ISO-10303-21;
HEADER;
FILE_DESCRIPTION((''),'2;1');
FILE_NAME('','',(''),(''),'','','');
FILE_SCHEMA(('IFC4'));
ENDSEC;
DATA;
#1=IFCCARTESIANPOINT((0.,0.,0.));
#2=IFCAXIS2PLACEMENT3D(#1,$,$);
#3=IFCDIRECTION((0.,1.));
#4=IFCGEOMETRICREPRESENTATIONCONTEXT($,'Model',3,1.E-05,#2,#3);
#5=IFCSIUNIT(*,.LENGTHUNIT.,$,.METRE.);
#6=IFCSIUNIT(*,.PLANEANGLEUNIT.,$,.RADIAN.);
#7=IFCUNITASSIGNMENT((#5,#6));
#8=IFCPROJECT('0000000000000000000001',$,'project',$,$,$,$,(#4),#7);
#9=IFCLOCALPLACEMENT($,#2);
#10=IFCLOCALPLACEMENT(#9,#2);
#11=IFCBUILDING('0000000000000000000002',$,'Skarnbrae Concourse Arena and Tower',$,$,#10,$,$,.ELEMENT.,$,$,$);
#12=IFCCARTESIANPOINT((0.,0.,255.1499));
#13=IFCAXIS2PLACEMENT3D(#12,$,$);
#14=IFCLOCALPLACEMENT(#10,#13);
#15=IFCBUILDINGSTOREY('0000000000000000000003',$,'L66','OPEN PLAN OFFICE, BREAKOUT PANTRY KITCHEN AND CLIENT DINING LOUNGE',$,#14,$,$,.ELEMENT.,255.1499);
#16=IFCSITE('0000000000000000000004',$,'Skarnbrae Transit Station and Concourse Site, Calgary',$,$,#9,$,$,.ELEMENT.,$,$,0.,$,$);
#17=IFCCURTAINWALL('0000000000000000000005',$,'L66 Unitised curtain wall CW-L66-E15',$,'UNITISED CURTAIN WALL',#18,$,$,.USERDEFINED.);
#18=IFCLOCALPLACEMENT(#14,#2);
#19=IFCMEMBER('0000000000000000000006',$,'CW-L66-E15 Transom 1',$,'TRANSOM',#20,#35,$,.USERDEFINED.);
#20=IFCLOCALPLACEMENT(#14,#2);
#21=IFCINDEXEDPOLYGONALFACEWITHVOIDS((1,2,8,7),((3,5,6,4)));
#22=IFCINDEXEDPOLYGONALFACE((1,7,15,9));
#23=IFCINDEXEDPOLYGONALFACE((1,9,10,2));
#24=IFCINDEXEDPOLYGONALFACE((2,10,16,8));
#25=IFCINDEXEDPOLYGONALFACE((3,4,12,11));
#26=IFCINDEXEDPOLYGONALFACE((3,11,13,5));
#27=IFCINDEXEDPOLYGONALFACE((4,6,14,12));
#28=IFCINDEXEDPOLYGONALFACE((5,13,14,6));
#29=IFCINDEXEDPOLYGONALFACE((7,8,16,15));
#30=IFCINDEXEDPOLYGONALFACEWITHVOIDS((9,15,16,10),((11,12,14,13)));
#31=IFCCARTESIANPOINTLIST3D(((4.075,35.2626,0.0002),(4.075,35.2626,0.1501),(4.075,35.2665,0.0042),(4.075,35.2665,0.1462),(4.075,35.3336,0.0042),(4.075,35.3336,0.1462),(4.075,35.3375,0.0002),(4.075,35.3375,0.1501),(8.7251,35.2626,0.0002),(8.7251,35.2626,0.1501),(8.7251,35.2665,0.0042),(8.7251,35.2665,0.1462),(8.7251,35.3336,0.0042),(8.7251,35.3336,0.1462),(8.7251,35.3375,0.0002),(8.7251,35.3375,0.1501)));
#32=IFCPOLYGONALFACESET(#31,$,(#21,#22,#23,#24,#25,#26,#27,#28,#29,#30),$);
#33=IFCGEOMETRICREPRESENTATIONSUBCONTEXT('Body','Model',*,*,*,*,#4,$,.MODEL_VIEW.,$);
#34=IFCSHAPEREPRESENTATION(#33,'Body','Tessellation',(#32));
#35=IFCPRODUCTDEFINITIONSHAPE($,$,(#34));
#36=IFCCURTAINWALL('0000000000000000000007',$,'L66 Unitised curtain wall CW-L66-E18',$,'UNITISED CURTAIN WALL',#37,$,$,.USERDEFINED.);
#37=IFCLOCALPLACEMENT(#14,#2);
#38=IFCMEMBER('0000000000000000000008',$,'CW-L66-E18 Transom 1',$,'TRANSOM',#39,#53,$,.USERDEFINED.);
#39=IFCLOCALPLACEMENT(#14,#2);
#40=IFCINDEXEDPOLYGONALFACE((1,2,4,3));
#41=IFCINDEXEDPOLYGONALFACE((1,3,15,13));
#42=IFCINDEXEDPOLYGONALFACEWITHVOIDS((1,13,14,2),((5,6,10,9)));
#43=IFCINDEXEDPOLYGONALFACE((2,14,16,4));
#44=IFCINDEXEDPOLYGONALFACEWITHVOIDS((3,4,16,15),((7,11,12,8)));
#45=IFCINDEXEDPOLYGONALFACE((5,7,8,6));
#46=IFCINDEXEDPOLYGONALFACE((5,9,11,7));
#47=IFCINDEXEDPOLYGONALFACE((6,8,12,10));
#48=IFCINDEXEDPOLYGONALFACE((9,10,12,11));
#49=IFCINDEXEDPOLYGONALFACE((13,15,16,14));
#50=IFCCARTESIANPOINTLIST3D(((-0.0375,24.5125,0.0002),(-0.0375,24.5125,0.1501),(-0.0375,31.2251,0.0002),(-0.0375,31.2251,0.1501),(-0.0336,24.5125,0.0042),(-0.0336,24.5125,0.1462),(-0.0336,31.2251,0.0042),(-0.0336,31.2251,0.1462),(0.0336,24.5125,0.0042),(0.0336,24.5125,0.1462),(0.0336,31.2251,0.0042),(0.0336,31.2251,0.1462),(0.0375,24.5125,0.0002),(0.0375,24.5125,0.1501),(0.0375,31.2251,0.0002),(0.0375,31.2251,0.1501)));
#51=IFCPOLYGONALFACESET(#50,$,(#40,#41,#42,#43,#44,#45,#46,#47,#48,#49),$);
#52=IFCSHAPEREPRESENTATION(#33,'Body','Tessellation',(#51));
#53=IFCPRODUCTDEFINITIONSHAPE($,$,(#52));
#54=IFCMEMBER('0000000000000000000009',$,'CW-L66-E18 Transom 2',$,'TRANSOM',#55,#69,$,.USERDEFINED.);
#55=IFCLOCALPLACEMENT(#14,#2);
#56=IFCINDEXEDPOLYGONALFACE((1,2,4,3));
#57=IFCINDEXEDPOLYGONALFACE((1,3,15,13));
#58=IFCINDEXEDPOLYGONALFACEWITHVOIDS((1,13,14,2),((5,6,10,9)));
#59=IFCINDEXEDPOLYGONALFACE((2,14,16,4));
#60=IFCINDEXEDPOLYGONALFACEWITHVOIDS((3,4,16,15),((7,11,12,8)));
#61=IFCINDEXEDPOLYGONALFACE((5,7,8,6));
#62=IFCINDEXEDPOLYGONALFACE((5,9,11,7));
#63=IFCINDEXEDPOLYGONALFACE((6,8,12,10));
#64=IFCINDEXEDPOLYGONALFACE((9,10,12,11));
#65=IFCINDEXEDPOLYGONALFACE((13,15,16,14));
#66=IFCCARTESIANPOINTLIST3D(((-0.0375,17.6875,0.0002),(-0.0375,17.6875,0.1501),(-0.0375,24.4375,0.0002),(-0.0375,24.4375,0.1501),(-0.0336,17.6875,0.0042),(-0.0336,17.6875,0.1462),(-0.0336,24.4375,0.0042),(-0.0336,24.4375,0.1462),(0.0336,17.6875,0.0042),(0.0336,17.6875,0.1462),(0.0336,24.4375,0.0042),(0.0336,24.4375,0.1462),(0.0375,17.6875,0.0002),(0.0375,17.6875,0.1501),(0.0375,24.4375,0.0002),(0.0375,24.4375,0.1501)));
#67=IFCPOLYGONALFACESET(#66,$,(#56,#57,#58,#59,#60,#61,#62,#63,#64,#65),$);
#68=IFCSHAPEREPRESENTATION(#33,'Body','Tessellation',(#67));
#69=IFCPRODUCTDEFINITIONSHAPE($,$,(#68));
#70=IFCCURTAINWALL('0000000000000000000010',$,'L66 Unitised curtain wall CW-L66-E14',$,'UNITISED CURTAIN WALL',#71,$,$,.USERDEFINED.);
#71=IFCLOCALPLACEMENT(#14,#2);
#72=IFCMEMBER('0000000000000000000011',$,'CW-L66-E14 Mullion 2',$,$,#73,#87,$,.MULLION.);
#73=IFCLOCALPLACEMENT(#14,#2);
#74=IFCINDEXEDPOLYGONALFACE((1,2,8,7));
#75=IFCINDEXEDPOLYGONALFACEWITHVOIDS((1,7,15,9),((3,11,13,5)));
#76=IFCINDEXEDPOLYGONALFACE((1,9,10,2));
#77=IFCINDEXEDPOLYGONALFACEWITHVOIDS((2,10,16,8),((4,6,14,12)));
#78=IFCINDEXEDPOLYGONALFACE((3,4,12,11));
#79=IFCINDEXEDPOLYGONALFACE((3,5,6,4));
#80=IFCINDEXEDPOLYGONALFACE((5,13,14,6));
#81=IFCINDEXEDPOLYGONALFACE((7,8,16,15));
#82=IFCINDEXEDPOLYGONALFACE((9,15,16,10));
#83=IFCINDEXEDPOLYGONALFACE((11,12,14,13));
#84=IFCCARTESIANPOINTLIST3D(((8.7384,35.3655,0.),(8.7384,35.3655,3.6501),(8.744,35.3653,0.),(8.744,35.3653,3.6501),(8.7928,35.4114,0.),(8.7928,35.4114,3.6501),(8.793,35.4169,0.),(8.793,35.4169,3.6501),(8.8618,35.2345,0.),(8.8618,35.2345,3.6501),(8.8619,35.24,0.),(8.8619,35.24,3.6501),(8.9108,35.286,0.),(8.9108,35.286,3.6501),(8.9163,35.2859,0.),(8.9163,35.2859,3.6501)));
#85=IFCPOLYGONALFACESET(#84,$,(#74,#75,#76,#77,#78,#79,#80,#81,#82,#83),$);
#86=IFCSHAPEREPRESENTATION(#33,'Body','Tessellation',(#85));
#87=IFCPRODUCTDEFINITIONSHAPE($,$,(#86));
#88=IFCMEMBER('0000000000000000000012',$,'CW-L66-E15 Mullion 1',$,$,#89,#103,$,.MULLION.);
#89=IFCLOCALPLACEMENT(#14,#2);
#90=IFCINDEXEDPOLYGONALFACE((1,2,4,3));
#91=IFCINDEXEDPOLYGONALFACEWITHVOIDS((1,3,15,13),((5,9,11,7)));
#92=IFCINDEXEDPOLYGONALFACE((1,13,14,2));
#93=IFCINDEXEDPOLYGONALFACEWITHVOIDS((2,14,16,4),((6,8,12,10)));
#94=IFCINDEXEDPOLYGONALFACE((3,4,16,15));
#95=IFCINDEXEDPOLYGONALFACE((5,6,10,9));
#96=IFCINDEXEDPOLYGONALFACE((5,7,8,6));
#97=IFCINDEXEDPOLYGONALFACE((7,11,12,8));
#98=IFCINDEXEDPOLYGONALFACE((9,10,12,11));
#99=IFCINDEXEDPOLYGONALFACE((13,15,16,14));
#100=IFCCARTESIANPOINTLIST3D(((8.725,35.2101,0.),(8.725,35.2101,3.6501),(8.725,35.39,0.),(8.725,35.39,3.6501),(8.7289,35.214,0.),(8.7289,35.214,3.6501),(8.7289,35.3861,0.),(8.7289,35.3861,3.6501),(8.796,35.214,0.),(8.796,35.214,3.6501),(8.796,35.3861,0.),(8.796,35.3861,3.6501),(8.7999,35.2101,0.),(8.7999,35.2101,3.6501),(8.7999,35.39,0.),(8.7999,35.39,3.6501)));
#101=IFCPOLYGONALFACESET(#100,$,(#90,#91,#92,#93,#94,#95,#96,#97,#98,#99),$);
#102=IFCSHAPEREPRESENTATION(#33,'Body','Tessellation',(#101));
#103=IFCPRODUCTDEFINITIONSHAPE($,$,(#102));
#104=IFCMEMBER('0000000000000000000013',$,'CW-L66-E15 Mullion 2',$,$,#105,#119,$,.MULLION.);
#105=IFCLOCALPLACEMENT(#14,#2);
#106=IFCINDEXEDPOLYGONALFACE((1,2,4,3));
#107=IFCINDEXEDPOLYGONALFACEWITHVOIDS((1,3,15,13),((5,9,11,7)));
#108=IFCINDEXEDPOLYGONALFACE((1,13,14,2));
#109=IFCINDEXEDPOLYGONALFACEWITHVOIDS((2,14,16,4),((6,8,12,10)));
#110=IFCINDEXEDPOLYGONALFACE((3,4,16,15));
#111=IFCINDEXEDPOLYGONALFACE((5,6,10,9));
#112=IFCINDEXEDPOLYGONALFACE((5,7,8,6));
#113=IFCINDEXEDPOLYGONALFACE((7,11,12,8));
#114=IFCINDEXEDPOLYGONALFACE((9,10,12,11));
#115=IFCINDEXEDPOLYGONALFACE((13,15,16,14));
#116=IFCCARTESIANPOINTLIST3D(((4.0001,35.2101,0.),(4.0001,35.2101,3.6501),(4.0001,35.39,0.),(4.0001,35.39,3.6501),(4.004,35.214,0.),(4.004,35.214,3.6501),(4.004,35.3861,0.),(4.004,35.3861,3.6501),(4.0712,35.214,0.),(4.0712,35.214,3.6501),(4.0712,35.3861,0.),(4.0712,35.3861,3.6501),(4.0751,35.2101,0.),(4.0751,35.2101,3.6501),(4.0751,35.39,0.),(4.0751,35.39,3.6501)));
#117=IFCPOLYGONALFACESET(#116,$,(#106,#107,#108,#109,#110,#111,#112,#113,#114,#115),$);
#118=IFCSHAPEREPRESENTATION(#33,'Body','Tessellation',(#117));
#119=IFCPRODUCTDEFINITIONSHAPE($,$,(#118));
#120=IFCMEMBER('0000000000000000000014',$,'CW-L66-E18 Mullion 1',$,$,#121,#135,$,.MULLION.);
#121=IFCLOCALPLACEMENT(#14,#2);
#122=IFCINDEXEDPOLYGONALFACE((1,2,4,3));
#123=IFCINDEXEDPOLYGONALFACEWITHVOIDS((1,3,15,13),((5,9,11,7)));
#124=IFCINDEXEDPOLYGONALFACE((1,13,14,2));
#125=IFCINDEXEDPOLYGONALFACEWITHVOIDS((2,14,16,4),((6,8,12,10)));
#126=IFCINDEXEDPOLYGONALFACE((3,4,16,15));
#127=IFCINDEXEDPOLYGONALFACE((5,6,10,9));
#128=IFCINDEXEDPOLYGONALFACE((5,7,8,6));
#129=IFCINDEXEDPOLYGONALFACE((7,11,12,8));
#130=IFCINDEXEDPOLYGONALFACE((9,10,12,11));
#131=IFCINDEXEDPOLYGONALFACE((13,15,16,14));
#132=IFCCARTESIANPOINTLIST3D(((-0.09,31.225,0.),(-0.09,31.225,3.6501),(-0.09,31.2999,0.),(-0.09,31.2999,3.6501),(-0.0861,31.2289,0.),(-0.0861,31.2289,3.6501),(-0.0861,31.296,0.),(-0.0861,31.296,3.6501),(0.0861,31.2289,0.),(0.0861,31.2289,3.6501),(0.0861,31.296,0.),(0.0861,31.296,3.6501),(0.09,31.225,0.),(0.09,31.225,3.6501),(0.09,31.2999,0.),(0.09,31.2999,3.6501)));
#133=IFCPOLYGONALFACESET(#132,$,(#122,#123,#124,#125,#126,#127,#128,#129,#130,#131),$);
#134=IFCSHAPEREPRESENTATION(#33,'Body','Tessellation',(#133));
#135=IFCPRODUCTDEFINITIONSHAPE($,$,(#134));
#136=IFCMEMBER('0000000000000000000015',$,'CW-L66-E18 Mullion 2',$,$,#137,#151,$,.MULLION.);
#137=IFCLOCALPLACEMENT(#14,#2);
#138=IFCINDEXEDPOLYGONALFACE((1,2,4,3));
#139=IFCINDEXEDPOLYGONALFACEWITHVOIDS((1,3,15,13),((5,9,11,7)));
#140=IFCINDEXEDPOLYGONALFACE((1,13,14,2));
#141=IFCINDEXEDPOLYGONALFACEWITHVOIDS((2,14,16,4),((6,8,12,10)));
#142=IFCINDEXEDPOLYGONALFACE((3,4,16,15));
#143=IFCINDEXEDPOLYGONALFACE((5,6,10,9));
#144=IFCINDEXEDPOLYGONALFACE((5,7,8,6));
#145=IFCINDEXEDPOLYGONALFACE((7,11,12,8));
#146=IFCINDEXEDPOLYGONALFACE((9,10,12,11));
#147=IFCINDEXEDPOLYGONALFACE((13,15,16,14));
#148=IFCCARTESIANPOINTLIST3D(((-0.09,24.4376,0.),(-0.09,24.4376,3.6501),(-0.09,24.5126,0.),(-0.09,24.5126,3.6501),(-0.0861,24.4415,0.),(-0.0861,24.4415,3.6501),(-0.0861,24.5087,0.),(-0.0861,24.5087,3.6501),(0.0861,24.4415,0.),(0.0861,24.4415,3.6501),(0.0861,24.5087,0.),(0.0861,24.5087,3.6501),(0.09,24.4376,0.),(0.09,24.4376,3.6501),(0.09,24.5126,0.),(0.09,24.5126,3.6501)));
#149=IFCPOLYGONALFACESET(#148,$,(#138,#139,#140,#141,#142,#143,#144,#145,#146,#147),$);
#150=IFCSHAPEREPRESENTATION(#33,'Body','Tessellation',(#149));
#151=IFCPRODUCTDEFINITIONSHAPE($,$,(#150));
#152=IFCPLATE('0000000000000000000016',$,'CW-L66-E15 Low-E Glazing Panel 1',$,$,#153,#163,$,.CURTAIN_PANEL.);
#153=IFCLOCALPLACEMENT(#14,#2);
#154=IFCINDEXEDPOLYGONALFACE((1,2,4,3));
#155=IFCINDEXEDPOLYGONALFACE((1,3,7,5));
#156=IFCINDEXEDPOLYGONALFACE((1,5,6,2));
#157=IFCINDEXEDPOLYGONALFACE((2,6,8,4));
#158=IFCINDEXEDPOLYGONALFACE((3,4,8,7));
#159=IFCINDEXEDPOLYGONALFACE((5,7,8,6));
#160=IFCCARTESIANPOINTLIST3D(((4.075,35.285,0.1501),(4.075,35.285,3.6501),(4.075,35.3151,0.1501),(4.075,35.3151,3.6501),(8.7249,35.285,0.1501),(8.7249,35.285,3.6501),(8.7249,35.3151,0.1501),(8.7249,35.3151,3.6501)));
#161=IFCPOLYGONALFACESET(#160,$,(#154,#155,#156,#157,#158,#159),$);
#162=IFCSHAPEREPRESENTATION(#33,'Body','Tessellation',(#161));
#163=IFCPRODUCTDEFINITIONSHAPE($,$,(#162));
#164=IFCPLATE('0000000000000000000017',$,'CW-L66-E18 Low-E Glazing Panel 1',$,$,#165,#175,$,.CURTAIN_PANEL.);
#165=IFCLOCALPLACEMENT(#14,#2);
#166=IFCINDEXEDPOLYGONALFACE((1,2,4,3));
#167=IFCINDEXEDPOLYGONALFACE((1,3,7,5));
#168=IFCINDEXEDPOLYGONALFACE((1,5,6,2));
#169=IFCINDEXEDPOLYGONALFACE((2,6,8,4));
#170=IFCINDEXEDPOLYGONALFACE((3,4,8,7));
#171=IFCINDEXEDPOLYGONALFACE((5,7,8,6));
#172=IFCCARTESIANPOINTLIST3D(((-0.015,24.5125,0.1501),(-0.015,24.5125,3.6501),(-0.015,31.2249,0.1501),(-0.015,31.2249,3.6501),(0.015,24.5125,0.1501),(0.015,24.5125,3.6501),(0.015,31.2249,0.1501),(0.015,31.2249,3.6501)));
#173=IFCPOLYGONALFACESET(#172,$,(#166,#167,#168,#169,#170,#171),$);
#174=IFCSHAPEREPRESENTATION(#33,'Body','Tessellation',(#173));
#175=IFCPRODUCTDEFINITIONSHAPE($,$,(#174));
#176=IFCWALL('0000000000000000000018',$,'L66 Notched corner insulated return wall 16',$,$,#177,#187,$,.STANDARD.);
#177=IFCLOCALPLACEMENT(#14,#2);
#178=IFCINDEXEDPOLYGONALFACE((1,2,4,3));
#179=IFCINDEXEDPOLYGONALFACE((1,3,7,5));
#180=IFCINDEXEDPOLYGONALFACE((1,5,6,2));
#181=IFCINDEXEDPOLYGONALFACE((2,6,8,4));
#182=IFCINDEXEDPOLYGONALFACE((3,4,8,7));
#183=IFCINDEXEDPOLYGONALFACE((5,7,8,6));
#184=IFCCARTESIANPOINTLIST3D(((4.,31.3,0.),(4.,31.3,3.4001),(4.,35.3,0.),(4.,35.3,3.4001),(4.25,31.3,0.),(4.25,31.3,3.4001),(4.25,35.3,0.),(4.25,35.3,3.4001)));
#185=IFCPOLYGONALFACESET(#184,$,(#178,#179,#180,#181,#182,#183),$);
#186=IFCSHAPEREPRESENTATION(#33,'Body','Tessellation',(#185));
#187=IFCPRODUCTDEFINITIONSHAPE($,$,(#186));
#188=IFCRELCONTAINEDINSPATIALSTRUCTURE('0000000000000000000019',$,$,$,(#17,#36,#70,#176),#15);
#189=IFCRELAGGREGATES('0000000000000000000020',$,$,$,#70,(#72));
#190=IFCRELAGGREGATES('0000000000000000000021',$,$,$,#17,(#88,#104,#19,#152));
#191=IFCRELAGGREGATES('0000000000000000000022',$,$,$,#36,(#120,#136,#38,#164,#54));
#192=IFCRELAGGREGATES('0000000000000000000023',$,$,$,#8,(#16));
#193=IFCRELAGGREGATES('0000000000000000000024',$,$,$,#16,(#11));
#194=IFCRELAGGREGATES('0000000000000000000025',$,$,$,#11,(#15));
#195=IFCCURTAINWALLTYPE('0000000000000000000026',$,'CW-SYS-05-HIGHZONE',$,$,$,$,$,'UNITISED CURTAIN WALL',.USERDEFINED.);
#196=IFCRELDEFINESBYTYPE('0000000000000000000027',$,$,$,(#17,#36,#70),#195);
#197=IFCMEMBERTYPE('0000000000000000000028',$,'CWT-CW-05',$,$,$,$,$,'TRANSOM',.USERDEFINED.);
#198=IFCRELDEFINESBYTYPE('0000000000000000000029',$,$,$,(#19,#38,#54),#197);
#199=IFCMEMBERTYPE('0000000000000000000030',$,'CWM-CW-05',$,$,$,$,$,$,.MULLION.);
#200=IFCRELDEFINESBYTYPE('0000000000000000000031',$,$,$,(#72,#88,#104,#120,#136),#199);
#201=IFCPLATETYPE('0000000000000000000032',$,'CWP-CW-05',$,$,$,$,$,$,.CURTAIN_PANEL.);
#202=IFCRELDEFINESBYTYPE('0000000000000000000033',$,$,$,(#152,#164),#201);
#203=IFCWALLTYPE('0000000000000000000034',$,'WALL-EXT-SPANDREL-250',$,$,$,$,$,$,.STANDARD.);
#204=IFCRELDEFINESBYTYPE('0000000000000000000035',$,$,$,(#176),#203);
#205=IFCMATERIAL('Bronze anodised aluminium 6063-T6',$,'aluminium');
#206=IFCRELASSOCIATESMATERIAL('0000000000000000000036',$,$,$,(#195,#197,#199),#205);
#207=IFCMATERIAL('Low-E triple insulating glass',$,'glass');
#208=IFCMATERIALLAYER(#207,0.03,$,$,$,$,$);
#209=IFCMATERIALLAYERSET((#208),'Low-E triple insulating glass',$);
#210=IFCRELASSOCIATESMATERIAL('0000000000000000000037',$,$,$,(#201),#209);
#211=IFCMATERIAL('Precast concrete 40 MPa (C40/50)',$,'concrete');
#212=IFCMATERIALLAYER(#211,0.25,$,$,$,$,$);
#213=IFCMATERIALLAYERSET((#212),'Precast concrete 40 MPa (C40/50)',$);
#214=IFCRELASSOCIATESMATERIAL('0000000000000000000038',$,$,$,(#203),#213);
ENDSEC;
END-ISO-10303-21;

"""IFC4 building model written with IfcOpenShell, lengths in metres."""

from ifc_helpers import new_model, si_unit, direction, frame, frame_2d, origin, origin_2d, place, context, subcontext, project, spatial, rectangle, hollow_rectangle, extrude, source, transform, mapped, material, layer, layer_set, material_profile, profile_set, type_object, element, aggregate, save


model = new_model("IFC4")

# Units and contexts
model_context = context("Model", 3, precision=1e-05, world=origin(), true_north=direction((0.0, 1.0)))
body_context = subcontext(model_context, "Body", "Model", "MODEL_VIEW")
ifc_project = project(units=[si_unit("LENGTHUNIT", "METRE"), si_unit("PLANEANGLEUNIT", "RADIAN")], contexts=[model_context])

# Site, building, storey
site_placement = place(None, origin())
site = spatial("IfcSite", under=ifc_project, at=site_placement, Name="Skarnbrae Transit Station and Concourse Site, Calgary", CompositionType="ELEMENT", RefElevation=0.0)
building_placement = place(site_placement, origin())
building = spatial("IfcBuilding", under=site, at=building_placement, Name="Skarnbrae Concourse Arena and Tower", CompositionType="ELEMENT")
storey_placement = place(building_placement, frame((0.0, 0.0, 255.1499)))
storey = spatial("IfcBuildingStorey", under=building, at=storey_placement, Name="L66", Description="OPEN PLAN OFFICE, BREAKOUT PANTRY KITCHEN AND CLIENT DINING LOUNGE", CompositionType="ELEMENT", Elevation=255.1499)

# Curtain wall, member
ifc_material_1 = material(Name="Bronze anodised aluminium 6063-T6", Category="aluminium")
curtain_wall_type = type_object("IfcCurtainWallType", Name="CW-SYS-05-HIGHZONE", ElementType="UNITISED CURTAIN WALL", PredefinedType="USERDEFINED", material=ifc_material_1)
curtain_wall_1_placement = place(storey_placement, origin())
curtain_wall_1 = element("IfcCurtainWall", 1, at=curtain_wall_1_placement, inside=storey, type_object=curtain_wall_type, Name="L66 Unitised curtain wall CW-L66-E15", ObjectType="UNITISED CURTAIN WALL", PredefinedType="USERDEFINED")
ifc_material_profile_1 = material_profile(ifc_material_1, hollow_rectangle(XDim=0.075, YDim=0.1499, WallThickness=0.0039, at=origin_2d()), Name="ALU-TRAN-75X150")
ifc_profile_set_1 = profile_set([ifc_material_profile_1], Name="Bronze anodised aluminium 6063-T6")
member_type_1 = type_object("IfcMemberType", Name="CWT-CW-05", ElementType="TRANSOM", PredefinedType="USERDEFINED", material=ifc_profile_set_1)
shared_shape_1 = source(origin(), body_context, "Body", "SweptSolid", [
    extrude(hollow_rectangle(XDim=0.075, YDim=0.1499, WallThickness=0.0039, at=origin_2d()), origin(), (0.0, 0.0, 1.0), 4.6501),
])
member_1_placement = place(storey_placement, frame((8.7251, 35.3, 0.0752), z_axis=(-1.0, 0.0, 0.0), x_axis=(0.0, -1.0, 0.0)))
member_1 = element("IfcMember", 2, at=member_1_placement, type_object=member_type_1, Name="CW-L66-E15 Transom 1", ObjectType="TRANSOM", PredefinedType="USERDEFINED", context=body_context, shape_type="MappedRepresentation", body=[
    mapped(shared_shape_1, transform((0.0, 0.0, 0.0))),
])

# Curtain wall, members
curtain_wall_2_placement = place(storey_placement, origin())
curtain_wall_2 = element("IfcCurtainWall", 3, at=curtain_wall_2_placement, inside=storey, type_object=curtain_wall_type, Name="L66 Unitised curtain wall CW-L66-E18", ObjectType="UNITISED CURTAIN WALL", PredefinedType="USERDEFINED")
shared_shape_2 = source(origin(), body_context, "Body", "SweptSolid", [
    extrude(hollow_rectangle(XDim=0.075, YDim=0.1499, WallThickness=0.0039, at=origin_2d()), origin(), (0.0, 0.0, 1.0), 6.7126),
])
member_2_placement = place(storey_placement, frame((0.0, 31.2251, 0.0752), z_axis=(0.0, -1.0, 0.0), x_axis=(1.0, 0.0, 0.0)))
member_2 = element("IfcMember", 4, at=member_2_placement, type_object=member_type_1, Name="CW-L66-E18 Transom 1", ObjectType="TRANSOM", PredefinedType="USERDEFINED", context=body_context, shape_type="MappedRepresentation", body=[
    mapped(shared_shape_2, transform((0.0, 0.0, 0.0))),
])
shared_shape_3 = source(origin(), body_context, "Body", "SweptSolid", [
    extrude(hollow_rectangle(XDim=0.075, YDim=0.1499, WallThickness=0.0039, at=origin_2d()), origin(), (0.0, 0.0, 1.0), 6.75),
])
member_3_placement = place(storey_placement, frame((0.0, 24.4375, 0.0752), z_axis=(0.0, -1.0, 0.0), x_axis=(1.0, 0.0, 0.0)))
member_3 = element("IfcMember", 5, at=member_3_placement, type_object=member_type_1, Name="CW-L66-E18 Transom 2", ObjectType="TRANSOM", PredefinedType="USERDEFINED", context=body_context, shape_type="MappedRepresentation", body=[
    mapped(shared_shape_3, transform((0.0, 0.0, 0.0))),
])

# Curtain wall, member
curtain_wall_3_placement = place(storey_placement, origin())
curtain_wall_3 = element("IfcCurtainWall", 6, at=curtain_wall_3_placement, inside=storey, type_object=curtain_wall_type, Name="L66 Unitised curtain wall CW-L66-E14", ObjectType="UNITISED CURTAIN WALL", PredefinedType="USERDEFINED")
ifc_material_profile_2 = material_profile(ifc_material_1, hollow_rectangle(XDim=0.075, YDim=0.1799, WallThickness=0.0039, at=origin_2d()), Name="ALU-MULL-75X180")
ifc_profile_set_2 = profile_set([ifc_material_profile_2], Name="Bronze anodised aluminium 6063-T6")
member_type_2 = type_object("IfcMemberType", Name="CWM-CW-05", PredefinedType="MULLION", material=ifc_profile_set_2)
shared_shape_4 = source(origin(), body_context, "Body", "SweptSolid", [
    extrude(hollow_rectangle(XDim=0.075, YDim=0.1799, WallThickness=0.0039, at=origin_2d()), origin(), (0.0, 0.0, 1.0), 3.6501),
])
member_4_placement = place(storey_placement, frame((8.8274, 35.3257, 0.0), z_axis=(0.0, 0.0, 1.0), x_axis=(-0.728131, -0.685438, 0.0)))
member_4 = element("IfcMember", 7, at=member_4_placement, type_object=member_type_2, Name="CW-L66-E14 Mullion 2", PredefinedType="MULLION", context=body_context, shape_type="MappedRepresentation", body=[
    mapped(shared_shape_4, transform((0.0, 0.0, 0.0))),
])
aggregate(curtain_wall_3, [member_4])

# Members
member_5_placement = place(storey_placement, frame((8.7625, 35.3, 0.0), z_axis=(0.0, 0.0, 1.0), x_axis=(-1.0, 0.0, 0.0)))
member_5 = element("IfcMember", 8, at=member_5_placement, type_object=member_type_2, Name="CW-L66-E15 Mullion 1", PredefinedType="MULLION", context=body_context, shape_type="MappedRepresentation", body=[
    mapped(shared_shape_4, transform((0.0, 0.0, 0.0))),
])
member_6_placement = place(storey_placement, frame((4.0376, 35.3, 0.0), z_axis=(0.0, 0.0, 1.0), x_axis=(-1.0, 0.0, 0.0)))
member_6 = element("IfcMember", 9, at=member_6_placement, type_object=member_type_2, Name="CW-L66-E15 Mullion 2", PredefinedType="MULLION", context=body_context, shape_type="MappedRepresentation", body=[
    mapped(shared_shape_4, transform((0.0, 0.0, 0.0))),
])
member_7_placement = place(storey_placement, frame((0.0, 31.2625, 0.0), z_axis=(0.0, 0.0, 1.0), x_axis=(0.0, -1.0, 0.0)))
member_7 = element("IfcMember", 10, at=member_7_placement, type_object=member_type_2, Name="CW-L66-E18 Mullion 1", PredefinedType="MULLION", context=body_context, shape_type="MappedRepresentation", body=[
    mapped(shared_shape_4, transform((0.0, 0.0, 0.0))),
])
member_8_placement = place(storey_placement, frame((0.0, 24.4751, 0.0), z_axis=(0.0, 0.0, 1.0), x_axis=(0.0, -1.0, 0.0)))
member_8 = element("IfcMember", 11, at=member_8_placement, type_object=member_type_2, Name="CW-L66-E18 Mullion 2", PredefinedType="MULLION", context=body_context, shape_type="MappedRepresentation", body=[
    mapped(shared_shape_4, transform((0.0, 0.0, 0.0))),
])

# Plates
ifc_material_2 = material(Name="Low-E triple insulating glass", Category="glass")
ifc_layer_1 = layer(ifc_material_2, 0.03)
ifc_layer_set_1 = layer_set([ifc_layer_1], Name="Low-E triple insulating glass")
plate_type = type_object("IfcPlateType", Name="CWP-CW-05", PredefinedType="CURTAIN_PANEL", material=ifc_layer_set_1)
shared_shape_5 = source(origin(), body_context, "Body", "SweptSolid", [
    extrude(rectangle(XDim=4.6499, YDim=0.03, at=origin_2d()), origin(), (0.0, 0.0, 1.0), 3.5),
])
plate_1_placement = place(storey_placement, frame((6.3999, 35.3, 0.1501), z_axis=(0.0, 0.0, 1.0), x_axis=(-1.0, 0.0, 0.0)))
plate_1 = element("IfcPlate", 12, at=plate_1_placement, type_object=plate_type, Name="CW-L66-E15 Low-E Glazing Panel 1", PredefinedType="CURTAIN_PANEL", context=body_context, shape_type="MappedRepresentation", body=[
    mapped(shared_shape_5, transform((0.0, 0.0, 0.0))),
])
aggregate(curtain_wall_1, [member_5, member_6, member_1, plate_1])
shared_shape_6 = source(origin(), body_context, "Body", "SweptSolid", [
    extrude(rectangle(XDim=6.7124, YDim=0.03, at=origin_2d()), origin(), (0.0, 0.0, 1.0), 3.5),
])
plate_2_placement = place(storey_placement, frame((0.0, 27.8687, 0.1501), z_axis=(0.0, 0.0, 1.0), x_axis=(0.0, -1.0, 0.0)))
plate_2 = element("IfcPlate", 13, at=plate_2_placement, type_object=plate_type, Name="CW-L66-E18 Low-E Glazing Panel 1", PredefinedType="CURTAIN_PANEL", context=body_context, shape_type="MappedRepresentation", body=[
    mapped(shared_shape_6, transform((0.0, 0.0, 0.0))),
])
aggregate(curtain_wall_2, [member_7, member_8, member_2, plate_2, member_3])

# Wall
ifc_material_3 = material(Name="Precast concrete 40 MPa (C40/50)", Category="concrete")
ifc_layer_2 = layer(ifc_material_3, 0.25)
ifc_layer_set_2 = layer_set([ifc_layer_2], Name="Precast concrete 40 MPa (C40/50)")
wall_type_1 = type_object("IfcWallType", Name="WALL-EXT-SPANDREL-250", PredefinedType="STANDARD", material=ifc_layer_set_2)
shared_shape_7 = source(origin(), body_context, "Body", "SweptSolid", [
    extrude(rectangle(XDim=4.0, YDim=0.25, at=frame_2d((2.0, 0.0))), origin(), (0.0, 0.0, 1.0), 3.4001),
])
for number, where, z_axis, x_axis, name in (
    (14, (4.125, 35.3, 0.0), (0.0, 0.0, 1.0), (0.0, -1.0, 0.0), "L66 Notched corner insulated return wall 16"),
):
    element("IfcWall", number, at=place(storey_placement, frame(where, z_axis=z_axis, x_axis=x_axis)), inside=storey, type_object=wall_type_1, Name=name, PredefinedType="STANDARD", context=body_context, shape_type="MappedRepresentation", body=[
        mapped(shared_shape_7, transform((0.0, 0.0, 0.0))),
    ])

save(model, "model.ifc")
